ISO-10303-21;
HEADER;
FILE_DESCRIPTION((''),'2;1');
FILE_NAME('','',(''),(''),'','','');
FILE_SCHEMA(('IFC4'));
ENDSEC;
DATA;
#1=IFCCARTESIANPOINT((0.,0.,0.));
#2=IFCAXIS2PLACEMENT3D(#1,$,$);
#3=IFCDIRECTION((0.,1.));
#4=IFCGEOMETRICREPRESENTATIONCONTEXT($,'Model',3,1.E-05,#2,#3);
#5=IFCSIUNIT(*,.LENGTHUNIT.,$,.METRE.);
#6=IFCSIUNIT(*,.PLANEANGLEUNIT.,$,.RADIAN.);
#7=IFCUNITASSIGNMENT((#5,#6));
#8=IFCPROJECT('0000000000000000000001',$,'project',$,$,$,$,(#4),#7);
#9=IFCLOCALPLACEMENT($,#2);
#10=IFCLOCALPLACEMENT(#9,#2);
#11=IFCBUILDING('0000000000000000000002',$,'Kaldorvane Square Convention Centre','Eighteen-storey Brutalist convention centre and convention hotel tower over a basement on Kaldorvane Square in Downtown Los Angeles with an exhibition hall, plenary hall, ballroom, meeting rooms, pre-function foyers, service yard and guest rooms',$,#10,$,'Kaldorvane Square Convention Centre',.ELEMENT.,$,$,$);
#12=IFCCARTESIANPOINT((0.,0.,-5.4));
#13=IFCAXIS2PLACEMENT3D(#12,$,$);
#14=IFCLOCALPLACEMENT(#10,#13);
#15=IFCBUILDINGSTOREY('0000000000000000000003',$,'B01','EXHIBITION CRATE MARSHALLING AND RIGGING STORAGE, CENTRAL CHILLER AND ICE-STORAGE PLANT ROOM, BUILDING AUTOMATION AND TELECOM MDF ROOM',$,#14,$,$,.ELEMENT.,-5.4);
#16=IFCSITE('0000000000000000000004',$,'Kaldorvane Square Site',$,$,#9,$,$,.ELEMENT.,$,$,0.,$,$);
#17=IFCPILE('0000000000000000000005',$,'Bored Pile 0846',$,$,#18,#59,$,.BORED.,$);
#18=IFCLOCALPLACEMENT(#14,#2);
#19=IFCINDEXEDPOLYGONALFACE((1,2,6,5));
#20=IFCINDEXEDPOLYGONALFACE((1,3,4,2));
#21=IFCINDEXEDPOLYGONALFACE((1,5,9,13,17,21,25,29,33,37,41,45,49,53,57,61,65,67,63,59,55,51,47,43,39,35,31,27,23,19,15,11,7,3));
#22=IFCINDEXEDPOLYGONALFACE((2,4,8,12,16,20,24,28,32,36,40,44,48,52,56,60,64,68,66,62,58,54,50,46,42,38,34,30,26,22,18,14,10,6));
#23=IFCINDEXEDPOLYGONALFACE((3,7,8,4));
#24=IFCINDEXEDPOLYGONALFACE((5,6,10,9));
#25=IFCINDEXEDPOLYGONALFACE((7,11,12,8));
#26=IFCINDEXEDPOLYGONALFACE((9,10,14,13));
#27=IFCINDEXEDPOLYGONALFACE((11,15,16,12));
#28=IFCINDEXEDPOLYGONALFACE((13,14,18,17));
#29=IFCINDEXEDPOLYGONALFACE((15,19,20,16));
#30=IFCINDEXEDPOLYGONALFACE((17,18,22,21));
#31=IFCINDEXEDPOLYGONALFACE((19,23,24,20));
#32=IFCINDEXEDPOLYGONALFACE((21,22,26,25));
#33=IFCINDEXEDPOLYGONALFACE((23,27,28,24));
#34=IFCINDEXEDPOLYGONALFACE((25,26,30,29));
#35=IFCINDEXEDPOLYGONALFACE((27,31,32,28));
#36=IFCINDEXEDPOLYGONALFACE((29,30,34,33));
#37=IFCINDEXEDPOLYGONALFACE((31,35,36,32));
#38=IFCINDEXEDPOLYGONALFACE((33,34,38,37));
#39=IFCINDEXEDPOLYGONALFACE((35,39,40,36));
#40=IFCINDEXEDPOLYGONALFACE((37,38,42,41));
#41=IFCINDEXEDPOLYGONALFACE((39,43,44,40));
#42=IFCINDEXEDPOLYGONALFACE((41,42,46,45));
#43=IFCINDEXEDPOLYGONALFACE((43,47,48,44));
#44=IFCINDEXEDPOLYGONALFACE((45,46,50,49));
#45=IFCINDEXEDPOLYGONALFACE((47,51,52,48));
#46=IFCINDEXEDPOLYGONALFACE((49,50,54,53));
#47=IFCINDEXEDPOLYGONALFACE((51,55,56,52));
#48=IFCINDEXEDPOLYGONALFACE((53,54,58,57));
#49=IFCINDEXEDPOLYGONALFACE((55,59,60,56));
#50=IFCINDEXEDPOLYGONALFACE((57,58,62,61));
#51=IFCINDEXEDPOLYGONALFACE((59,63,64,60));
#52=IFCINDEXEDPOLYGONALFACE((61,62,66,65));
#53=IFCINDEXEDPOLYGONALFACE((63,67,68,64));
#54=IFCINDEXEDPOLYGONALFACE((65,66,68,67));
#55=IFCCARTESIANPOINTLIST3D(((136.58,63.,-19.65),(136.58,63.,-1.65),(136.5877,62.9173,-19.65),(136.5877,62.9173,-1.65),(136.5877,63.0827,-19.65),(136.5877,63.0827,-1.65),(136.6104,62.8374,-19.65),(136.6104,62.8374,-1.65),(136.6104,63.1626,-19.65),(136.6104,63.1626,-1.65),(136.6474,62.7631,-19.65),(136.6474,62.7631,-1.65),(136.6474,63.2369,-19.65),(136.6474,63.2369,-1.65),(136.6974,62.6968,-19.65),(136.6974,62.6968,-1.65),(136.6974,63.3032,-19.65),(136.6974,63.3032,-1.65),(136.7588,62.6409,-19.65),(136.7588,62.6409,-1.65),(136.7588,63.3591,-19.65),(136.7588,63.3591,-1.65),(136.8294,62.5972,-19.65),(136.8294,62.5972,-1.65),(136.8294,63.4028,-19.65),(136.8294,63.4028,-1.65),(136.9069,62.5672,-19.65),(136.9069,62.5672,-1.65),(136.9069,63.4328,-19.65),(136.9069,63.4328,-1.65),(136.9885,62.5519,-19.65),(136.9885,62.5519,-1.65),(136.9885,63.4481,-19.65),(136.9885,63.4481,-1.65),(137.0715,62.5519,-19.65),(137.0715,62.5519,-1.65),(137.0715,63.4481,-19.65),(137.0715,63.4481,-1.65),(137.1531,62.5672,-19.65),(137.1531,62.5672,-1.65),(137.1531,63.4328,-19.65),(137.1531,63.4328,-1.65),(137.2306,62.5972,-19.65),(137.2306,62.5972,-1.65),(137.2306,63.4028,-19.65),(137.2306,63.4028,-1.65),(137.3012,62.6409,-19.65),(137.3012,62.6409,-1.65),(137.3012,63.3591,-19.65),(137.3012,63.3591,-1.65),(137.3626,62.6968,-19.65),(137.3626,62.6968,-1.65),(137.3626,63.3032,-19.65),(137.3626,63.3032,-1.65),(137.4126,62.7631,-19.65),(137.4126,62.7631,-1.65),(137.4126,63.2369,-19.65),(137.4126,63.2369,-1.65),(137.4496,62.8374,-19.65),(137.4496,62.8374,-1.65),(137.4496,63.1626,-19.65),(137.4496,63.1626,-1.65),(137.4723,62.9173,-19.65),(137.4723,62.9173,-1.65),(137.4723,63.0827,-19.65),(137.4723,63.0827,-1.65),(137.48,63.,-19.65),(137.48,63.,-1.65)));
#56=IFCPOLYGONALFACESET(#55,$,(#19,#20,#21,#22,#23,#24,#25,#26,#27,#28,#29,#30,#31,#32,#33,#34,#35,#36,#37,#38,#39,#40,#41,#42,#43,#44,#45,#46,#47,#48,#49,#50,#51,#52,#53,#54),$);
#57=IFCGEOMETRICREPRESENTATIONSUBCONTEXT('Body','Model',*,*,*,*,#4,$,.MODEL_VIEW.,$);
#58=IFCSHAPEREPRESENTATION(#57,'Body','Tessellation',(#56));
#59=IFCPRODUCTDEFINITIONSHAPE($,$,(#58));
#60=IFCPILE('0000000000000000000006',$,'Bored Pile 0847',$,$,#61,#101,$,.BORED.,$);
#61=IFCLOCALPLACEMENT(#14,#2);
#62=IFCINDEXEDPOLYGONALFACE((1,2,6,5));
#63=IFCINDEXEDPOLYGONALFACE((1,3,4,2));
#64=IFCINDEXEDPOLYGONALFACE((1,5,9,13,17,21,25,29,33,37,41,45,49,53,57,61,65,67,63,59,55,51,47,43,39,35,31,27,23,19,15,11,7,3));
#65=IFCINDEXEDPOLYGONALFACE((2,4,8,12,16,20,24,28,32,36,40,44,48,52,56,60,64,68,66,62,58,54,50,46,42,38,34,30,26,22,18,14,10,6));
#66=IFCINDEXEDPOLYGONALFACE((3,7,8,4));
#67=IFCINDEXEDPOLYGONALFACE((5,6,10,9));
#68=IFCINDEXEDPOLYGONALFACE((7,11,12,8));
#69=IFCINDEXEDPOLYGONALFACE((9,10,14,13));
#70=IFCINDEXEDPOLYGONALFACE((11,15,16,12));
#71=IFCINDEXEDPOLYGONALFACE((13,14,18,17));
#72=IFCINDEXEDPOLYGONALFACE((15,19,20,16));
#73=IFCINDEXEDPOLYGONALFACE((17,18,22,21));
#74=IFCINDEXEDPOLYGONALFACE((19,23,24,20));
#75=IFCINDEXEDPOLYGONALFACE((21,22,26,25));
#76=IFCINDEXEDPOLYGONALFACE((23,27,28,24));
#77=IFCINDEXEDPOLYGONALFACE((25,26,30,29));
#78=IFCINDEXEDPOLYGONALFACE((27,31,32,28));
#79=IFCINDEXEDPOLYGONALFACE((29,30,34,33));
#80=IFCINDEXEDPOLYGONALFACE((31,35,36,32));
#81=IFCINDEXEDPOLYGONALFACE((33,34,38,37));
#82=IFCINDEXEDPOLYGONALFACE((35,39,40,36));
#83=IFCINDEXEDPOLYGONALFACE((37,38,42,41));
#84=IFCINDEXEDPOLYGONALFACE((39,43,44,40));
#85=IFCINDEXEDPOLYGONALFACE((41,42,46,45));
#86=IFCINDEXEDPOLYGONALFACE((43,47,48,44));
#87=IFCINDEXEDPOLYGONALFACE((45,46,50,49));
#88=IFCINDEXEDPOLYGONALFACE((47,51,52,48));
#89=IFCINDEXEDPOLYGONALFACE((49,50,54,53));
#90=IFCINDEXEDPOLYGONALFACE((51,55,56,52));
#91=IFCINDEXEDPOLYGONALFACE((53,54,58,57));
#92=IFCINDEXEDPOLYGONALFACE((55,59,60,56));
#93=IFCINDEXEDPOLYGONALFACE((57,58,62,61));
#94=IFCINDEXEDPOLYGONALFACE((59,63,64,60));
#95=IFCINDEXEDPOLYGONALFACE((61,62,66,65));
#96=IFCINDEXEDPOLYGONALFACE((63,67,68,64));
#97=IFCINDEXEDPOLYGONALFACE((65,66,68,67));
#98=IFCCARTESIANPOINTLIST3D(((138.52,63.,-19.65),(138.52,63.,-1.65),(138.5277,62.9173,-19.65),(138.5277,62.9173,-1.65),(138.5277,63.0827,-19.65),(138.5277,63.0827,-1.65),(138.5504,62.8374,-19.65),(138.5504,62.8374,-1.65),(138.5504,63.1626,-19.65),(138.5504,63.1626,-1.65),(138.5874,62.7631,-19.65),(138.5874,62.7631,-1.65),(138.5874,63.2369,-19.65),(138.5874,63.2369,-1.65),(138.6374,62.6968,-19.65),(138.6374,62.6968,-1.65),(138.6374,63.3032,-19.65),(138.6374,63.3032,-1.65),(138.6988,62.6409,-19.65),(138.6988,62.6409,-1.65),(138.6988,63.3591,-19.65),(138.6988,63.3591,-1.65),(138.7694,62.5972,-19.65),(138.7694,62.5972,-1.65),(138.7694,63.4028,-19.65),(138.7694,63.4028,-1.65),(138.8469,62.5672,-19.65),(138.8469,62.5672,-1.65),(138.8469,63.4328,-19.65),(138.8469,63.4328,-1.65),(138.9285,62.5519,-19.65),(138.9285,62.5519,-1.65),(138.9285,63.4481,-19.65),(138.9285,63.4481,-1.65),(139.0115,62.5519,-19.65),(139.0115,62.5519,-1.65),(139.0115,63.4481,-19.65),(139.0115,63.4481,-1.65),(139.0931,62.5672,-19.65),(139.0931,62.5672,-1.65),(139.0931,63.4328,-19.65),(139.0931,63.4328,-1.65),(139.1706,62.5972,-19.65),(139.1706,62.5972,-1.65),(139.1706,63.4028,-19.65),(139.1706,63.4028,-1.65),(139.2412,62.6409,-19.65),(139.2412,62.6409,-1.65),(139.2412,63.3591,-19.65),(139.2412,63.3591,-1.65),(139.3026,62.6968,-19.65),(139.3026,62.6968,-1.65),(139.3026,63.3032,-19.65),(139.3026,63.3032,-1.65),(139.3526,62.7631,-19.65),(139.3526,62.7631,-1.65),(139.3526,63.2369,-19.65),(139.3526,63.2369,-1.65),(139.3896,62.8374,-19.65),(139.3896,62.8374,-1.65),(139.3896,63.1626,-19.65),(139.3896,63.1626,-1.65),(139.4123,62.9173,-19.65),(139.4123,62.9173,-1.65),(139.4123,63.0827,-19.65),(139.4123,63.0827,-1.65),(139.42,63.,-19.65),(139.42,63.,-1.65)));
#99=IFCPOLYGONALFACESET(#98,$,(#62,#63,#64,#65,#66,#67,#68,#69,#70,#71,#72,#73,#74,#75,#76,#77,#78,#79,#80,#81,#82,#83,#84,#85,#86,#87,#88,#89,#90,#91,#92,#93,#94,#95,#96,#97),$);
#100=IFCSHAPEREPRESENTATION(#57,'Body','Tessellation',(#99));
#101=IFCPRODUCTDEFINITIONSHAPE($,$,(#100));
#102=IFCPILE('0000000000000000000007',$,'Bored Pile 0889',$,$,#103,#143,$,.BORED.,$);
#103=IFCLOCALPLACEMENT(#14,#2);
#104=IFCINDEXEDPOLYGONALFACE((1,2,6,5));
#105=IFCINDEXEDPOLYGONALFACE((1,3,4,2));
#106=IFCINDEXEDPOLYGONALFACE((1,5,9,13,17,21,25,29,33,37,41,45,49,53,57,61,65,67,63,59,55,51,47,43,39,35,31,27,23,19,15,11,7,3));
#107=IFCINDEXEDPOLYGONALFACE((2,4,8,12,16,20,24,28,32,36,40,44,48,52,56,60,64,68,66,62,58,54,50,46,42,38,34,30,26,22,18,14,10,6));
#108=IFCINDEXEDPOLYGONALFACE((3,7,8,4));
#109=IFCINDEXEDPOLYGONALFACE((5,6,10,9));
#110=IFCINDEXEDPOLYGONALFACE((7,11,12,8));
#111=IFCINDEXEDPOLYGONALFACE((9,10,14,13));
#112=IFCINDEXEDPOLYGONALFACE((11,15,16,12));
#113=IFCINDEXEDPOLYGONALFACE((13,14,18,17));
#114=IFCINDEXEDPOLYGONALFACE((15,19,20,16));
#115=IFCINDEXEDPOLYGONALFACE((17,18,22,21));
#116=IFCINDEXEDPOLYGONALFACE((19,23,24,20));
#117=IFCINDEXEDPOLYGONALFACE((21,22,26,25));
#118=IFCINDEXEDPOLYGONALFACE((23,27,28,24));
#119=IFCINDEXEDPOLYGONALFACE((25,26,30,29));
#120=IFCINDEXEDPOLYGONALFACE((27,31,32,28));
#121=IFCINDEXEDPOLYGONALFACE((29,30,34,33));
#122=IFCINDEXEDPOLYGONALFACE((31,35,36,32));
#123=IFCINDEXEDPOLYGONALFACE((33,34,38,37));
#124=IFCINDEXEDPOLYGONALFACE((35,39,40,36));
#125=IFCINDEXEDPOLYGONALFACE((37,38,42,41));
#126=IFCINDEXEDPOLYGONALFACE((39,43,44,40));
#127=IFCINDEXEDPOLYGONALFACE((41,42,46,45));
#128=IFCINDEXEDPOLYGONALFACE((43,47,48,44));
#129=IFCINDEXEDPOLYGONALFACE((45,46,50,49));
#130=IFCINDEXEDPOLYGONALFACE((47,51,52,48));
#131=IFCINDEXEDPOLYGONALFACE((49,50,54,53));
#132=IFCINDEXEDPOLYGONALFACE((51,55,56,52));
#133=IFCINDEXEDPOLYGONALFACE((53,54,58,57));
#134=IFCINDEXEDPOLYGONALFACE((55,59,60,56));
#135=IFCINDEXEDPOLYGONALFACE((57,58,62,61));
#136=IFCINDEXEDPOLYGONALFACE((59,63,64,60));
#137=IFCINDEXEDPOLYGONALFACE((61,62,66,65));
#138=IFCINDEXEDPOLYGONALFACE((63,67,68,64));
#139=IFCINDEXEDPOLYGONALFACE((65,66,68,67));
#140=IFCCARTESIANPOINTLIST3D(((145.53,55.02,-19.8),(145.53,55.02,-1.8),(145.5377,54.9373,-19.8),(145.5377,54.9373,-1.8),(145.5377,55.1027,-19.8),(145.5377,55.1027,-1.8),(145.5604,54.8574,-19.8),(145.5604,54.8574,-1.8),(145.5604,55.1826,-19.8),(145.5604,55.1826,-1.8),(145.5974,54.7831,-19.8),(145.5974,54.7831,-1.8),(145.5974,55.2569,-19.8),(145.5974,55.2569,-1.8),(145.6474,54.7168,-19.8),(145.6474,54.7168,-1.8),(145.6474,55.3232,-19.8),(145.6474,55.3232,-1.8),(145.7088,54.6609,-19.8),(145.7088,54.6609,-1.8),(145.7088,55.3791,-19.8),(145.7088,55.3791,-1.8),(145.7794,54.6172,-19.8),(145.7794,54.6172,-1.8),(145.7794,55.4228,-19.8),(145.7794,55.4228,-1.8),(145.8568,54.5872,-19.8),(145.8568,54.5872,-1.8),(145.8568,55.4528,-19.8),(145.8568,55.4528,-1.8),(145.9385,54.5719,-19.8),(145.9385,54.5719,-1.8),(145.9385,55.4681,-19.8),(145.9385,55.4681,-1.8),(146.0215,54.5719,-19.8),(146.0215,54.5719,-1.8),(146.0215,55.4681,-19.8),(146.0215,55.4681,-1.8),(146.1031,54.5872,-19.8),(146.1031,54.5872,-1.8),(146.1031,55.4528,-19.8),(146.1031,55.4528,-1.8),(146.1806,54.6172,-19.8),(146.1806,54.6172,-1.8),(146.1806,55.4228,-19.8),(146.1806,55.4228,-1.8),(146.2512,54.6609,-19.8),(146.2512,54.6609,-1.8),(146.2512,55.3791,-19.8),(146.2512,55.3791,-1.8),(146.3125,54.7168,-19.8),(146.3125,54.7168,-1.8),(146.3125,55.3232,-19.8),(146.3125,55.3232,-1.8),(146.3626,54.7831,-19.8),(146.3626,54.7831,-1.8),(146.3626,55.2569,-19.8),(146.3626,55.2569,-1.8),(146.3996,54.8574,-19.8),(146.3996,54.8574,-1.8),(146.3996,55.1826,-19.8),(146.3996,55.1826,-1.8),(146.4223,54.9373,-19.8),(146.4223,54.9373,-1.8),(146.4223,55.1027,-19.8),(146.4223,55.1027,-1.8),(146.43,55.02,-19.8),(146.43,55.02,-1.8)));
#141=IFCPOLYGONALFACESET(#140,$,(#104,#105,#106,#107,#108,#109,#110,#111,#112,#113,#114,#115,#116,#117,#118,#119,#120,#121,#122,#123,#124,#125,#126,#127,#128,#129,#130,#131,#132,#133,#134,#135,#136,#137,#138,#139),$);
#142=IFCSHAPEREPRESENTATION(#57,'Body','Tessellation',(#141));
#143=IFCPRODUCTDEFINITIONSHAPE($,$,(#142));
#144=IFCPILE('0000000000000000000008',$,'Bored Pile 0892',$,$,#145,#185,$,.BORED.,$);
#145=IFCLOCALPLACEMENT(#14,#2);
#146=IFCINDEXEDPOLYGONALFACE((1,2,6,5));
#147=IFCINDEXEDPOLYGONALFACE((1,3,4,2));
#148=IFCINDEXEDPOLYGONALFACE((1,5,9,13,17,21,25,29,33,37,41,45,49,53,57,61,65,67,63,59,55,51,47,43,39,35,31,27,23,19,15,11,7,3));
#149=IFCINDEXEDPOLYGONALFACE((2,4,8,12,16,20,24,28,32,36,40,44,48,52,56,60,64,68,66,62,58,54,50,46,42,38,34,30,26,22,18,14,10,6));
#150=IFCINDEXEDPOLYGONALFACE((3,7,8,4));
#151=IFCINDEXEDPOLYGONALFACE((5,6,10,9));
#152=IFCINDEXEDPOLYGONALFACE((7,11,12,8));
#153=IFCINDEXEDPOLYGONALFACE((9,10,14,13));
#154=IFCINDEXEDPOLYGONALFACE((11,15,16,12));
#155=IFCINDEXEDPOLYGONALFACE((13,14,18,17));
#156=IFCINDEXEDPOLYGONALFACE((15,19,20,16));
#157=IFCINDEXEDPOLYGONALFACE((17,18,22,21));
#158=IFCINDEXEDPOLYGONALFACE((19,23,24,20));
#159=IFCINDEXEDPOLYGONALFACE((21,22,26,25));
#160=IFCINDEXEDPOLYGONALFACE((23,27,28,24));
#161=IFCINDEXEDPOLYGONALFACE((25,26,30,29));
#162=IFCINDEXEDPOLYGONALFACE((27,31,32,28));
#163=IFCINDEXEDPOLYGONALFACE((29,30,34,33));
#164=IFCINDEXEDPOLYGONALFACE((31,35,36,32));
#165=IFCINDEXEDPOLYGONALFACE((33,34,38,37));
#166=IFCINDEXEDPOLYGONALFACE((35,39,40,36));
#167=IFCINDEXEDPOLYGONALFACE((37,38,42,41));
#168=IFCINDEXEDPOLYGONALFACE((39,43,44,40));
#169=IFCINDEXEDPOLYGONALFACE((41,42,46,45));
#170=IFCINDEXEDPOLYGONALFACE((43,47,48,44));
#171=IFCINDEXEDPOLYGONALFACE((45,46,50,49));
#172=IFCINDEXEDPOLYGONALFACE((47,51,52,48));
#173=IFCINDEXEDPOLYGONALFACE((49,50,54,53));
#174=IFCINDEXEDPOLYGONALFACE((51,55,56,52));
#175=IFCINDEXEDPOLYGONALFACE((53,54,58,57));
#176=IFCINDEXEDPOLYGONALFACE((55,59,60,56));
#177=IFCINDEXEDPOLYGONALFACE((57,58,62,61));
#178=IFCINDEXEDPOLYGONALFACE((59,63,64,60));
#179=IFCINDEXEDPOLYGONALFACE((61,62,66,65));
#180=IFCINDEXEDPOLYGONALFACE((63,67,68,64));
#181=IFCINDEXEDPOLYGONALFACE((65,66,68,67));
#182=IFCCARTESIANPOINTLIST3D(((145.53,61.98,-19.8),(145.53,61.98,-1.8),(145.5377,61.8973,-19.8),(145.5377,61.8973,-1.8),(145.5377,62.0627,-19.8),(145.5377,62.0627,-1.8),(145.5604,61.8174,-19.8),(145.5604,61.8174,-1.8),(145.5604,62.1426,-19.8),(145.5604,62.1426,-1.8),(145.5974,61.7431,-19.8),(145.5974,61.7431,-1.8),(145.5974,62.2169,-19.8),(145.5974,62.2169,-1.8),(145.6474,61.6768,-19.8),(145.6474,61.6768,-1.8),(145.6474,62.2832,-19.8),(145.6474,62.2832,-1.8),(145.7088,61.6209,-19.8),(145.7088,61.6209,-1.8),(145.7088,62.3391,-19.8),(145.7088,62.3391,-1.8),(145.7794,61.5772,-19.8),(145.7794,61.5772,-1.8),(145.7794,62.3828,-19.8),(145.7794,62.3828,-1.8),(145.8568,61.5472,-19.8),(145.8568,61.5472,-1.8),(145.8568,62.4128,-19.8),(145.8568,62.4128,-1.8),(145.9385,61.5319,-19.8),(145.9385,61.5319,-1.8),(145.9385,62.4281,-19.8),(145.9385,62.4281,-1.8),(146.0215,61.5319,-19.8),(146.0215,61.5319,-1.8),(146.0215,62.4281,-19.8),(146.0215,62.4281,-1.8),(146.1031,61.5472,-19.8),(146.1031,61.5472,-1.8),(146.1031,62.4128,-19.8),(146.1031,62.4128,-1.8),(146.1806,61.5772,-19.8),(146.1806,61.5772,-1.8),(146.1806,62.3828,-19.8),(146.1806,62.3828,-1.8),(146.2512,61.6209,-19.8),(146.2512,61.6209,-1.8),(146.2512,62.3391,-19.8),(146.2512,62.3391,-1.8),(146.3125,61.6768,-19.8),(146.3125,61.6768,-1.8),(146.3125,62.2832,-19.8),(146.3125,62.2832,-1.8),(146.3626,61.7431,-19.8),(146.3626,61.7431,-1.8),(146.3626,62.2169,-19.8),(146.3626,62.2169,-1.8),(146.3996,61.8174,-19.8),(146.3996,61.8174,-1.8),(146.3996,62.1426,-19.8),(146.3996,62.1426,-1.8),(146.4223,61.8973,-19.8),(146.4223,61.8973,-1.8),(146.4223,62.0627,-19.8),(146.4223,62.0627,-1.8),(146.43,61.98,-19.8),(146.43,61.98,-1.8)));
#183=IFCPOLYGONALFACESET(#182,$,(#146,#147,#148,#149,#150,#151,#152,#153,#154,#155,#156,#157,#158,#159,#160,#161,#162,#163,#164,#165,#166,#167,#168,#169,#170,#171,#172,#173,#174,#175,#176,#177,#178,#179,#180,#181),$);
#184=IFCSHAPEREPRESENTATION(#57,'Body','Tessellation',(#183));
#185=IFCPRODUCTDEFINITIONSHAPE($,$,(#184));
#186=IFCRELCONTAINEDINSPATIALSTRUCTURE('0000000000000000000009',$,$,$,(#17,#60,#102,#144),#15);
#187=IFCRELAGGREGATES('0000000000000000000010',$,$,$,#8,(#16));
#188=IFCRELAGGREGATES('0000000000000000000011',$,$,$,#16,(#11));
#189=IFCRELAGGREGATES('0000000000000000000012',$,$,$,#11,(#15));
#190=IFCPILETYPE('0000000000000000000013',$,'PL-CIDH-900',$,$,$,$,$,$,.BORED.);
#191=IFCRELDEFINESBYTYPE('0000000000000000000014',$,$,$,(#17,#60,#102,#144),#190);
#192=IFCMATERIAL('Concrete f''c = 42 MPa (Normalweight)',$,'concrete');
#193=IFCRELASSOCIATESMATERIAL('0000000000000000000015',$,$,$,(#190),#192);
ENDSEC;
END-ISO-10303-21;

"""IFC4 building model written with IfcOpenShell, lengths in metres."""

from ifc_helpers import new_model, si_unit, direction, frame, origin, origin_2d, place, context, subcontext, project, spatial, circle, extrude, material, material_profile, profile_set, type_object, element, save


model = new_model("IFC4")

# Units and contexts
model_context = context("Model", 3, precision=1e-05, world=origin(), true_north=direction((0.0, 1.0)))
body_context = subcontext(model_context, "Body", "Model", "MODEL_VIEW")
ifc_project = project(units=[si_unit("LENGTHUNIT", "METRE"), si_unit("PLANEANGLEUNIT", "RADIAN")], contexts=[model_context])

# Site, building, storey
site_placement = place(None, origin())
site = spatial("IfcSite", under=ifc_project, at=site_placement, Name="Kaldorvane Square Site", CompositionType="ELEMENT", RefElevation=0.0)
building_placement = place(site_placement, origin())
building = spatial("IfcBuilding", under=site, at=building_placement, Name="Kaldorvane Square Convention Centre", Description="Eighteen-storey Brutalist convention centre and convention hotel tower over a basement on Kaldorvane Square in Downtown Los Angeles with an exhibition hall, plenary hall, ballroom, meeting rooms, pre-function foyers, service yard and guest rooms", LongName="Kaldorvane Square Convention Centre", CompositionType="ELEMENT")
storey_placement = place(building_placement, frame((0.0, 0.0, -5.4)))
storey = spatial("IfcBuildingStorey", under=building, at=storey_placement, Name="B01", Description="EXHIBITION CRATE MARSHALLING AND RIGGING STORAGE, CENTRAL CHILLER AND ICE-STORAGE PLANT ROOM, BUILDING AUTOMATION AND TELECOM MDF ROOM", CompositionType="ELEMENT", Elevation=-5.4)

# Shared definitions
ifc_material_1 = material(Name="Concrete f'c = 42 MPa (Normalweight)", Category="concrete")

# Piles
ifc_material_profile_1 = material_profile(ifc_material_1, circle(Radius=0.45, at=origin_2d()), Name="PILE-D900")
ifc_profile_set_1 = profile_set([ifc_material_profile_1], Name="Concrete f'c = 42 MPa (Normalweight)")
pile_type_1 = type_object("IfcPileType", Name="PL-CIDH-900", PredefinedType="BORED", material=ifc_profile_set_1)
for number, where, z_axis, x_axis, name in (
    (1, (137.03, 63.0, -1.65), (0.0, 0.0, -1.0), (1.0, 0.0, 0.0), "Bored Pile 0846"),
    (2, (138.97, 63.0, -1.65), (0.0, 0.0, -1.0), (1.0, 0.0, 0.0), "Bored Pile 0847"),
    (3, (145.98, 55.02, -1.8), (0.0, 0.0, -1.0), (1.0, 0.0, 0.0), "Bored Pile 0889"),
    (4, (145.98, 61.98, -1.8), (0.0, 0.0, -1.0), (1.0, 0.0, 0.0), "Bored Pile 0892"),
):
    element("IfcPile", number, at=place(storey_placement, frame(where, z_axis=z_axis, x_axis=x_axis)), inside=storey, type_object=pile_type_1, Name=name, PredefinedType="BORED", context=body_context, shape_type="SweptSolid", body=[
        extrude(circle(Radius=0.45, at=origin_2d()), origin(), (0.0, 0.0, 1.0), 18.0),
    ])

save(model, "model.ifc")
